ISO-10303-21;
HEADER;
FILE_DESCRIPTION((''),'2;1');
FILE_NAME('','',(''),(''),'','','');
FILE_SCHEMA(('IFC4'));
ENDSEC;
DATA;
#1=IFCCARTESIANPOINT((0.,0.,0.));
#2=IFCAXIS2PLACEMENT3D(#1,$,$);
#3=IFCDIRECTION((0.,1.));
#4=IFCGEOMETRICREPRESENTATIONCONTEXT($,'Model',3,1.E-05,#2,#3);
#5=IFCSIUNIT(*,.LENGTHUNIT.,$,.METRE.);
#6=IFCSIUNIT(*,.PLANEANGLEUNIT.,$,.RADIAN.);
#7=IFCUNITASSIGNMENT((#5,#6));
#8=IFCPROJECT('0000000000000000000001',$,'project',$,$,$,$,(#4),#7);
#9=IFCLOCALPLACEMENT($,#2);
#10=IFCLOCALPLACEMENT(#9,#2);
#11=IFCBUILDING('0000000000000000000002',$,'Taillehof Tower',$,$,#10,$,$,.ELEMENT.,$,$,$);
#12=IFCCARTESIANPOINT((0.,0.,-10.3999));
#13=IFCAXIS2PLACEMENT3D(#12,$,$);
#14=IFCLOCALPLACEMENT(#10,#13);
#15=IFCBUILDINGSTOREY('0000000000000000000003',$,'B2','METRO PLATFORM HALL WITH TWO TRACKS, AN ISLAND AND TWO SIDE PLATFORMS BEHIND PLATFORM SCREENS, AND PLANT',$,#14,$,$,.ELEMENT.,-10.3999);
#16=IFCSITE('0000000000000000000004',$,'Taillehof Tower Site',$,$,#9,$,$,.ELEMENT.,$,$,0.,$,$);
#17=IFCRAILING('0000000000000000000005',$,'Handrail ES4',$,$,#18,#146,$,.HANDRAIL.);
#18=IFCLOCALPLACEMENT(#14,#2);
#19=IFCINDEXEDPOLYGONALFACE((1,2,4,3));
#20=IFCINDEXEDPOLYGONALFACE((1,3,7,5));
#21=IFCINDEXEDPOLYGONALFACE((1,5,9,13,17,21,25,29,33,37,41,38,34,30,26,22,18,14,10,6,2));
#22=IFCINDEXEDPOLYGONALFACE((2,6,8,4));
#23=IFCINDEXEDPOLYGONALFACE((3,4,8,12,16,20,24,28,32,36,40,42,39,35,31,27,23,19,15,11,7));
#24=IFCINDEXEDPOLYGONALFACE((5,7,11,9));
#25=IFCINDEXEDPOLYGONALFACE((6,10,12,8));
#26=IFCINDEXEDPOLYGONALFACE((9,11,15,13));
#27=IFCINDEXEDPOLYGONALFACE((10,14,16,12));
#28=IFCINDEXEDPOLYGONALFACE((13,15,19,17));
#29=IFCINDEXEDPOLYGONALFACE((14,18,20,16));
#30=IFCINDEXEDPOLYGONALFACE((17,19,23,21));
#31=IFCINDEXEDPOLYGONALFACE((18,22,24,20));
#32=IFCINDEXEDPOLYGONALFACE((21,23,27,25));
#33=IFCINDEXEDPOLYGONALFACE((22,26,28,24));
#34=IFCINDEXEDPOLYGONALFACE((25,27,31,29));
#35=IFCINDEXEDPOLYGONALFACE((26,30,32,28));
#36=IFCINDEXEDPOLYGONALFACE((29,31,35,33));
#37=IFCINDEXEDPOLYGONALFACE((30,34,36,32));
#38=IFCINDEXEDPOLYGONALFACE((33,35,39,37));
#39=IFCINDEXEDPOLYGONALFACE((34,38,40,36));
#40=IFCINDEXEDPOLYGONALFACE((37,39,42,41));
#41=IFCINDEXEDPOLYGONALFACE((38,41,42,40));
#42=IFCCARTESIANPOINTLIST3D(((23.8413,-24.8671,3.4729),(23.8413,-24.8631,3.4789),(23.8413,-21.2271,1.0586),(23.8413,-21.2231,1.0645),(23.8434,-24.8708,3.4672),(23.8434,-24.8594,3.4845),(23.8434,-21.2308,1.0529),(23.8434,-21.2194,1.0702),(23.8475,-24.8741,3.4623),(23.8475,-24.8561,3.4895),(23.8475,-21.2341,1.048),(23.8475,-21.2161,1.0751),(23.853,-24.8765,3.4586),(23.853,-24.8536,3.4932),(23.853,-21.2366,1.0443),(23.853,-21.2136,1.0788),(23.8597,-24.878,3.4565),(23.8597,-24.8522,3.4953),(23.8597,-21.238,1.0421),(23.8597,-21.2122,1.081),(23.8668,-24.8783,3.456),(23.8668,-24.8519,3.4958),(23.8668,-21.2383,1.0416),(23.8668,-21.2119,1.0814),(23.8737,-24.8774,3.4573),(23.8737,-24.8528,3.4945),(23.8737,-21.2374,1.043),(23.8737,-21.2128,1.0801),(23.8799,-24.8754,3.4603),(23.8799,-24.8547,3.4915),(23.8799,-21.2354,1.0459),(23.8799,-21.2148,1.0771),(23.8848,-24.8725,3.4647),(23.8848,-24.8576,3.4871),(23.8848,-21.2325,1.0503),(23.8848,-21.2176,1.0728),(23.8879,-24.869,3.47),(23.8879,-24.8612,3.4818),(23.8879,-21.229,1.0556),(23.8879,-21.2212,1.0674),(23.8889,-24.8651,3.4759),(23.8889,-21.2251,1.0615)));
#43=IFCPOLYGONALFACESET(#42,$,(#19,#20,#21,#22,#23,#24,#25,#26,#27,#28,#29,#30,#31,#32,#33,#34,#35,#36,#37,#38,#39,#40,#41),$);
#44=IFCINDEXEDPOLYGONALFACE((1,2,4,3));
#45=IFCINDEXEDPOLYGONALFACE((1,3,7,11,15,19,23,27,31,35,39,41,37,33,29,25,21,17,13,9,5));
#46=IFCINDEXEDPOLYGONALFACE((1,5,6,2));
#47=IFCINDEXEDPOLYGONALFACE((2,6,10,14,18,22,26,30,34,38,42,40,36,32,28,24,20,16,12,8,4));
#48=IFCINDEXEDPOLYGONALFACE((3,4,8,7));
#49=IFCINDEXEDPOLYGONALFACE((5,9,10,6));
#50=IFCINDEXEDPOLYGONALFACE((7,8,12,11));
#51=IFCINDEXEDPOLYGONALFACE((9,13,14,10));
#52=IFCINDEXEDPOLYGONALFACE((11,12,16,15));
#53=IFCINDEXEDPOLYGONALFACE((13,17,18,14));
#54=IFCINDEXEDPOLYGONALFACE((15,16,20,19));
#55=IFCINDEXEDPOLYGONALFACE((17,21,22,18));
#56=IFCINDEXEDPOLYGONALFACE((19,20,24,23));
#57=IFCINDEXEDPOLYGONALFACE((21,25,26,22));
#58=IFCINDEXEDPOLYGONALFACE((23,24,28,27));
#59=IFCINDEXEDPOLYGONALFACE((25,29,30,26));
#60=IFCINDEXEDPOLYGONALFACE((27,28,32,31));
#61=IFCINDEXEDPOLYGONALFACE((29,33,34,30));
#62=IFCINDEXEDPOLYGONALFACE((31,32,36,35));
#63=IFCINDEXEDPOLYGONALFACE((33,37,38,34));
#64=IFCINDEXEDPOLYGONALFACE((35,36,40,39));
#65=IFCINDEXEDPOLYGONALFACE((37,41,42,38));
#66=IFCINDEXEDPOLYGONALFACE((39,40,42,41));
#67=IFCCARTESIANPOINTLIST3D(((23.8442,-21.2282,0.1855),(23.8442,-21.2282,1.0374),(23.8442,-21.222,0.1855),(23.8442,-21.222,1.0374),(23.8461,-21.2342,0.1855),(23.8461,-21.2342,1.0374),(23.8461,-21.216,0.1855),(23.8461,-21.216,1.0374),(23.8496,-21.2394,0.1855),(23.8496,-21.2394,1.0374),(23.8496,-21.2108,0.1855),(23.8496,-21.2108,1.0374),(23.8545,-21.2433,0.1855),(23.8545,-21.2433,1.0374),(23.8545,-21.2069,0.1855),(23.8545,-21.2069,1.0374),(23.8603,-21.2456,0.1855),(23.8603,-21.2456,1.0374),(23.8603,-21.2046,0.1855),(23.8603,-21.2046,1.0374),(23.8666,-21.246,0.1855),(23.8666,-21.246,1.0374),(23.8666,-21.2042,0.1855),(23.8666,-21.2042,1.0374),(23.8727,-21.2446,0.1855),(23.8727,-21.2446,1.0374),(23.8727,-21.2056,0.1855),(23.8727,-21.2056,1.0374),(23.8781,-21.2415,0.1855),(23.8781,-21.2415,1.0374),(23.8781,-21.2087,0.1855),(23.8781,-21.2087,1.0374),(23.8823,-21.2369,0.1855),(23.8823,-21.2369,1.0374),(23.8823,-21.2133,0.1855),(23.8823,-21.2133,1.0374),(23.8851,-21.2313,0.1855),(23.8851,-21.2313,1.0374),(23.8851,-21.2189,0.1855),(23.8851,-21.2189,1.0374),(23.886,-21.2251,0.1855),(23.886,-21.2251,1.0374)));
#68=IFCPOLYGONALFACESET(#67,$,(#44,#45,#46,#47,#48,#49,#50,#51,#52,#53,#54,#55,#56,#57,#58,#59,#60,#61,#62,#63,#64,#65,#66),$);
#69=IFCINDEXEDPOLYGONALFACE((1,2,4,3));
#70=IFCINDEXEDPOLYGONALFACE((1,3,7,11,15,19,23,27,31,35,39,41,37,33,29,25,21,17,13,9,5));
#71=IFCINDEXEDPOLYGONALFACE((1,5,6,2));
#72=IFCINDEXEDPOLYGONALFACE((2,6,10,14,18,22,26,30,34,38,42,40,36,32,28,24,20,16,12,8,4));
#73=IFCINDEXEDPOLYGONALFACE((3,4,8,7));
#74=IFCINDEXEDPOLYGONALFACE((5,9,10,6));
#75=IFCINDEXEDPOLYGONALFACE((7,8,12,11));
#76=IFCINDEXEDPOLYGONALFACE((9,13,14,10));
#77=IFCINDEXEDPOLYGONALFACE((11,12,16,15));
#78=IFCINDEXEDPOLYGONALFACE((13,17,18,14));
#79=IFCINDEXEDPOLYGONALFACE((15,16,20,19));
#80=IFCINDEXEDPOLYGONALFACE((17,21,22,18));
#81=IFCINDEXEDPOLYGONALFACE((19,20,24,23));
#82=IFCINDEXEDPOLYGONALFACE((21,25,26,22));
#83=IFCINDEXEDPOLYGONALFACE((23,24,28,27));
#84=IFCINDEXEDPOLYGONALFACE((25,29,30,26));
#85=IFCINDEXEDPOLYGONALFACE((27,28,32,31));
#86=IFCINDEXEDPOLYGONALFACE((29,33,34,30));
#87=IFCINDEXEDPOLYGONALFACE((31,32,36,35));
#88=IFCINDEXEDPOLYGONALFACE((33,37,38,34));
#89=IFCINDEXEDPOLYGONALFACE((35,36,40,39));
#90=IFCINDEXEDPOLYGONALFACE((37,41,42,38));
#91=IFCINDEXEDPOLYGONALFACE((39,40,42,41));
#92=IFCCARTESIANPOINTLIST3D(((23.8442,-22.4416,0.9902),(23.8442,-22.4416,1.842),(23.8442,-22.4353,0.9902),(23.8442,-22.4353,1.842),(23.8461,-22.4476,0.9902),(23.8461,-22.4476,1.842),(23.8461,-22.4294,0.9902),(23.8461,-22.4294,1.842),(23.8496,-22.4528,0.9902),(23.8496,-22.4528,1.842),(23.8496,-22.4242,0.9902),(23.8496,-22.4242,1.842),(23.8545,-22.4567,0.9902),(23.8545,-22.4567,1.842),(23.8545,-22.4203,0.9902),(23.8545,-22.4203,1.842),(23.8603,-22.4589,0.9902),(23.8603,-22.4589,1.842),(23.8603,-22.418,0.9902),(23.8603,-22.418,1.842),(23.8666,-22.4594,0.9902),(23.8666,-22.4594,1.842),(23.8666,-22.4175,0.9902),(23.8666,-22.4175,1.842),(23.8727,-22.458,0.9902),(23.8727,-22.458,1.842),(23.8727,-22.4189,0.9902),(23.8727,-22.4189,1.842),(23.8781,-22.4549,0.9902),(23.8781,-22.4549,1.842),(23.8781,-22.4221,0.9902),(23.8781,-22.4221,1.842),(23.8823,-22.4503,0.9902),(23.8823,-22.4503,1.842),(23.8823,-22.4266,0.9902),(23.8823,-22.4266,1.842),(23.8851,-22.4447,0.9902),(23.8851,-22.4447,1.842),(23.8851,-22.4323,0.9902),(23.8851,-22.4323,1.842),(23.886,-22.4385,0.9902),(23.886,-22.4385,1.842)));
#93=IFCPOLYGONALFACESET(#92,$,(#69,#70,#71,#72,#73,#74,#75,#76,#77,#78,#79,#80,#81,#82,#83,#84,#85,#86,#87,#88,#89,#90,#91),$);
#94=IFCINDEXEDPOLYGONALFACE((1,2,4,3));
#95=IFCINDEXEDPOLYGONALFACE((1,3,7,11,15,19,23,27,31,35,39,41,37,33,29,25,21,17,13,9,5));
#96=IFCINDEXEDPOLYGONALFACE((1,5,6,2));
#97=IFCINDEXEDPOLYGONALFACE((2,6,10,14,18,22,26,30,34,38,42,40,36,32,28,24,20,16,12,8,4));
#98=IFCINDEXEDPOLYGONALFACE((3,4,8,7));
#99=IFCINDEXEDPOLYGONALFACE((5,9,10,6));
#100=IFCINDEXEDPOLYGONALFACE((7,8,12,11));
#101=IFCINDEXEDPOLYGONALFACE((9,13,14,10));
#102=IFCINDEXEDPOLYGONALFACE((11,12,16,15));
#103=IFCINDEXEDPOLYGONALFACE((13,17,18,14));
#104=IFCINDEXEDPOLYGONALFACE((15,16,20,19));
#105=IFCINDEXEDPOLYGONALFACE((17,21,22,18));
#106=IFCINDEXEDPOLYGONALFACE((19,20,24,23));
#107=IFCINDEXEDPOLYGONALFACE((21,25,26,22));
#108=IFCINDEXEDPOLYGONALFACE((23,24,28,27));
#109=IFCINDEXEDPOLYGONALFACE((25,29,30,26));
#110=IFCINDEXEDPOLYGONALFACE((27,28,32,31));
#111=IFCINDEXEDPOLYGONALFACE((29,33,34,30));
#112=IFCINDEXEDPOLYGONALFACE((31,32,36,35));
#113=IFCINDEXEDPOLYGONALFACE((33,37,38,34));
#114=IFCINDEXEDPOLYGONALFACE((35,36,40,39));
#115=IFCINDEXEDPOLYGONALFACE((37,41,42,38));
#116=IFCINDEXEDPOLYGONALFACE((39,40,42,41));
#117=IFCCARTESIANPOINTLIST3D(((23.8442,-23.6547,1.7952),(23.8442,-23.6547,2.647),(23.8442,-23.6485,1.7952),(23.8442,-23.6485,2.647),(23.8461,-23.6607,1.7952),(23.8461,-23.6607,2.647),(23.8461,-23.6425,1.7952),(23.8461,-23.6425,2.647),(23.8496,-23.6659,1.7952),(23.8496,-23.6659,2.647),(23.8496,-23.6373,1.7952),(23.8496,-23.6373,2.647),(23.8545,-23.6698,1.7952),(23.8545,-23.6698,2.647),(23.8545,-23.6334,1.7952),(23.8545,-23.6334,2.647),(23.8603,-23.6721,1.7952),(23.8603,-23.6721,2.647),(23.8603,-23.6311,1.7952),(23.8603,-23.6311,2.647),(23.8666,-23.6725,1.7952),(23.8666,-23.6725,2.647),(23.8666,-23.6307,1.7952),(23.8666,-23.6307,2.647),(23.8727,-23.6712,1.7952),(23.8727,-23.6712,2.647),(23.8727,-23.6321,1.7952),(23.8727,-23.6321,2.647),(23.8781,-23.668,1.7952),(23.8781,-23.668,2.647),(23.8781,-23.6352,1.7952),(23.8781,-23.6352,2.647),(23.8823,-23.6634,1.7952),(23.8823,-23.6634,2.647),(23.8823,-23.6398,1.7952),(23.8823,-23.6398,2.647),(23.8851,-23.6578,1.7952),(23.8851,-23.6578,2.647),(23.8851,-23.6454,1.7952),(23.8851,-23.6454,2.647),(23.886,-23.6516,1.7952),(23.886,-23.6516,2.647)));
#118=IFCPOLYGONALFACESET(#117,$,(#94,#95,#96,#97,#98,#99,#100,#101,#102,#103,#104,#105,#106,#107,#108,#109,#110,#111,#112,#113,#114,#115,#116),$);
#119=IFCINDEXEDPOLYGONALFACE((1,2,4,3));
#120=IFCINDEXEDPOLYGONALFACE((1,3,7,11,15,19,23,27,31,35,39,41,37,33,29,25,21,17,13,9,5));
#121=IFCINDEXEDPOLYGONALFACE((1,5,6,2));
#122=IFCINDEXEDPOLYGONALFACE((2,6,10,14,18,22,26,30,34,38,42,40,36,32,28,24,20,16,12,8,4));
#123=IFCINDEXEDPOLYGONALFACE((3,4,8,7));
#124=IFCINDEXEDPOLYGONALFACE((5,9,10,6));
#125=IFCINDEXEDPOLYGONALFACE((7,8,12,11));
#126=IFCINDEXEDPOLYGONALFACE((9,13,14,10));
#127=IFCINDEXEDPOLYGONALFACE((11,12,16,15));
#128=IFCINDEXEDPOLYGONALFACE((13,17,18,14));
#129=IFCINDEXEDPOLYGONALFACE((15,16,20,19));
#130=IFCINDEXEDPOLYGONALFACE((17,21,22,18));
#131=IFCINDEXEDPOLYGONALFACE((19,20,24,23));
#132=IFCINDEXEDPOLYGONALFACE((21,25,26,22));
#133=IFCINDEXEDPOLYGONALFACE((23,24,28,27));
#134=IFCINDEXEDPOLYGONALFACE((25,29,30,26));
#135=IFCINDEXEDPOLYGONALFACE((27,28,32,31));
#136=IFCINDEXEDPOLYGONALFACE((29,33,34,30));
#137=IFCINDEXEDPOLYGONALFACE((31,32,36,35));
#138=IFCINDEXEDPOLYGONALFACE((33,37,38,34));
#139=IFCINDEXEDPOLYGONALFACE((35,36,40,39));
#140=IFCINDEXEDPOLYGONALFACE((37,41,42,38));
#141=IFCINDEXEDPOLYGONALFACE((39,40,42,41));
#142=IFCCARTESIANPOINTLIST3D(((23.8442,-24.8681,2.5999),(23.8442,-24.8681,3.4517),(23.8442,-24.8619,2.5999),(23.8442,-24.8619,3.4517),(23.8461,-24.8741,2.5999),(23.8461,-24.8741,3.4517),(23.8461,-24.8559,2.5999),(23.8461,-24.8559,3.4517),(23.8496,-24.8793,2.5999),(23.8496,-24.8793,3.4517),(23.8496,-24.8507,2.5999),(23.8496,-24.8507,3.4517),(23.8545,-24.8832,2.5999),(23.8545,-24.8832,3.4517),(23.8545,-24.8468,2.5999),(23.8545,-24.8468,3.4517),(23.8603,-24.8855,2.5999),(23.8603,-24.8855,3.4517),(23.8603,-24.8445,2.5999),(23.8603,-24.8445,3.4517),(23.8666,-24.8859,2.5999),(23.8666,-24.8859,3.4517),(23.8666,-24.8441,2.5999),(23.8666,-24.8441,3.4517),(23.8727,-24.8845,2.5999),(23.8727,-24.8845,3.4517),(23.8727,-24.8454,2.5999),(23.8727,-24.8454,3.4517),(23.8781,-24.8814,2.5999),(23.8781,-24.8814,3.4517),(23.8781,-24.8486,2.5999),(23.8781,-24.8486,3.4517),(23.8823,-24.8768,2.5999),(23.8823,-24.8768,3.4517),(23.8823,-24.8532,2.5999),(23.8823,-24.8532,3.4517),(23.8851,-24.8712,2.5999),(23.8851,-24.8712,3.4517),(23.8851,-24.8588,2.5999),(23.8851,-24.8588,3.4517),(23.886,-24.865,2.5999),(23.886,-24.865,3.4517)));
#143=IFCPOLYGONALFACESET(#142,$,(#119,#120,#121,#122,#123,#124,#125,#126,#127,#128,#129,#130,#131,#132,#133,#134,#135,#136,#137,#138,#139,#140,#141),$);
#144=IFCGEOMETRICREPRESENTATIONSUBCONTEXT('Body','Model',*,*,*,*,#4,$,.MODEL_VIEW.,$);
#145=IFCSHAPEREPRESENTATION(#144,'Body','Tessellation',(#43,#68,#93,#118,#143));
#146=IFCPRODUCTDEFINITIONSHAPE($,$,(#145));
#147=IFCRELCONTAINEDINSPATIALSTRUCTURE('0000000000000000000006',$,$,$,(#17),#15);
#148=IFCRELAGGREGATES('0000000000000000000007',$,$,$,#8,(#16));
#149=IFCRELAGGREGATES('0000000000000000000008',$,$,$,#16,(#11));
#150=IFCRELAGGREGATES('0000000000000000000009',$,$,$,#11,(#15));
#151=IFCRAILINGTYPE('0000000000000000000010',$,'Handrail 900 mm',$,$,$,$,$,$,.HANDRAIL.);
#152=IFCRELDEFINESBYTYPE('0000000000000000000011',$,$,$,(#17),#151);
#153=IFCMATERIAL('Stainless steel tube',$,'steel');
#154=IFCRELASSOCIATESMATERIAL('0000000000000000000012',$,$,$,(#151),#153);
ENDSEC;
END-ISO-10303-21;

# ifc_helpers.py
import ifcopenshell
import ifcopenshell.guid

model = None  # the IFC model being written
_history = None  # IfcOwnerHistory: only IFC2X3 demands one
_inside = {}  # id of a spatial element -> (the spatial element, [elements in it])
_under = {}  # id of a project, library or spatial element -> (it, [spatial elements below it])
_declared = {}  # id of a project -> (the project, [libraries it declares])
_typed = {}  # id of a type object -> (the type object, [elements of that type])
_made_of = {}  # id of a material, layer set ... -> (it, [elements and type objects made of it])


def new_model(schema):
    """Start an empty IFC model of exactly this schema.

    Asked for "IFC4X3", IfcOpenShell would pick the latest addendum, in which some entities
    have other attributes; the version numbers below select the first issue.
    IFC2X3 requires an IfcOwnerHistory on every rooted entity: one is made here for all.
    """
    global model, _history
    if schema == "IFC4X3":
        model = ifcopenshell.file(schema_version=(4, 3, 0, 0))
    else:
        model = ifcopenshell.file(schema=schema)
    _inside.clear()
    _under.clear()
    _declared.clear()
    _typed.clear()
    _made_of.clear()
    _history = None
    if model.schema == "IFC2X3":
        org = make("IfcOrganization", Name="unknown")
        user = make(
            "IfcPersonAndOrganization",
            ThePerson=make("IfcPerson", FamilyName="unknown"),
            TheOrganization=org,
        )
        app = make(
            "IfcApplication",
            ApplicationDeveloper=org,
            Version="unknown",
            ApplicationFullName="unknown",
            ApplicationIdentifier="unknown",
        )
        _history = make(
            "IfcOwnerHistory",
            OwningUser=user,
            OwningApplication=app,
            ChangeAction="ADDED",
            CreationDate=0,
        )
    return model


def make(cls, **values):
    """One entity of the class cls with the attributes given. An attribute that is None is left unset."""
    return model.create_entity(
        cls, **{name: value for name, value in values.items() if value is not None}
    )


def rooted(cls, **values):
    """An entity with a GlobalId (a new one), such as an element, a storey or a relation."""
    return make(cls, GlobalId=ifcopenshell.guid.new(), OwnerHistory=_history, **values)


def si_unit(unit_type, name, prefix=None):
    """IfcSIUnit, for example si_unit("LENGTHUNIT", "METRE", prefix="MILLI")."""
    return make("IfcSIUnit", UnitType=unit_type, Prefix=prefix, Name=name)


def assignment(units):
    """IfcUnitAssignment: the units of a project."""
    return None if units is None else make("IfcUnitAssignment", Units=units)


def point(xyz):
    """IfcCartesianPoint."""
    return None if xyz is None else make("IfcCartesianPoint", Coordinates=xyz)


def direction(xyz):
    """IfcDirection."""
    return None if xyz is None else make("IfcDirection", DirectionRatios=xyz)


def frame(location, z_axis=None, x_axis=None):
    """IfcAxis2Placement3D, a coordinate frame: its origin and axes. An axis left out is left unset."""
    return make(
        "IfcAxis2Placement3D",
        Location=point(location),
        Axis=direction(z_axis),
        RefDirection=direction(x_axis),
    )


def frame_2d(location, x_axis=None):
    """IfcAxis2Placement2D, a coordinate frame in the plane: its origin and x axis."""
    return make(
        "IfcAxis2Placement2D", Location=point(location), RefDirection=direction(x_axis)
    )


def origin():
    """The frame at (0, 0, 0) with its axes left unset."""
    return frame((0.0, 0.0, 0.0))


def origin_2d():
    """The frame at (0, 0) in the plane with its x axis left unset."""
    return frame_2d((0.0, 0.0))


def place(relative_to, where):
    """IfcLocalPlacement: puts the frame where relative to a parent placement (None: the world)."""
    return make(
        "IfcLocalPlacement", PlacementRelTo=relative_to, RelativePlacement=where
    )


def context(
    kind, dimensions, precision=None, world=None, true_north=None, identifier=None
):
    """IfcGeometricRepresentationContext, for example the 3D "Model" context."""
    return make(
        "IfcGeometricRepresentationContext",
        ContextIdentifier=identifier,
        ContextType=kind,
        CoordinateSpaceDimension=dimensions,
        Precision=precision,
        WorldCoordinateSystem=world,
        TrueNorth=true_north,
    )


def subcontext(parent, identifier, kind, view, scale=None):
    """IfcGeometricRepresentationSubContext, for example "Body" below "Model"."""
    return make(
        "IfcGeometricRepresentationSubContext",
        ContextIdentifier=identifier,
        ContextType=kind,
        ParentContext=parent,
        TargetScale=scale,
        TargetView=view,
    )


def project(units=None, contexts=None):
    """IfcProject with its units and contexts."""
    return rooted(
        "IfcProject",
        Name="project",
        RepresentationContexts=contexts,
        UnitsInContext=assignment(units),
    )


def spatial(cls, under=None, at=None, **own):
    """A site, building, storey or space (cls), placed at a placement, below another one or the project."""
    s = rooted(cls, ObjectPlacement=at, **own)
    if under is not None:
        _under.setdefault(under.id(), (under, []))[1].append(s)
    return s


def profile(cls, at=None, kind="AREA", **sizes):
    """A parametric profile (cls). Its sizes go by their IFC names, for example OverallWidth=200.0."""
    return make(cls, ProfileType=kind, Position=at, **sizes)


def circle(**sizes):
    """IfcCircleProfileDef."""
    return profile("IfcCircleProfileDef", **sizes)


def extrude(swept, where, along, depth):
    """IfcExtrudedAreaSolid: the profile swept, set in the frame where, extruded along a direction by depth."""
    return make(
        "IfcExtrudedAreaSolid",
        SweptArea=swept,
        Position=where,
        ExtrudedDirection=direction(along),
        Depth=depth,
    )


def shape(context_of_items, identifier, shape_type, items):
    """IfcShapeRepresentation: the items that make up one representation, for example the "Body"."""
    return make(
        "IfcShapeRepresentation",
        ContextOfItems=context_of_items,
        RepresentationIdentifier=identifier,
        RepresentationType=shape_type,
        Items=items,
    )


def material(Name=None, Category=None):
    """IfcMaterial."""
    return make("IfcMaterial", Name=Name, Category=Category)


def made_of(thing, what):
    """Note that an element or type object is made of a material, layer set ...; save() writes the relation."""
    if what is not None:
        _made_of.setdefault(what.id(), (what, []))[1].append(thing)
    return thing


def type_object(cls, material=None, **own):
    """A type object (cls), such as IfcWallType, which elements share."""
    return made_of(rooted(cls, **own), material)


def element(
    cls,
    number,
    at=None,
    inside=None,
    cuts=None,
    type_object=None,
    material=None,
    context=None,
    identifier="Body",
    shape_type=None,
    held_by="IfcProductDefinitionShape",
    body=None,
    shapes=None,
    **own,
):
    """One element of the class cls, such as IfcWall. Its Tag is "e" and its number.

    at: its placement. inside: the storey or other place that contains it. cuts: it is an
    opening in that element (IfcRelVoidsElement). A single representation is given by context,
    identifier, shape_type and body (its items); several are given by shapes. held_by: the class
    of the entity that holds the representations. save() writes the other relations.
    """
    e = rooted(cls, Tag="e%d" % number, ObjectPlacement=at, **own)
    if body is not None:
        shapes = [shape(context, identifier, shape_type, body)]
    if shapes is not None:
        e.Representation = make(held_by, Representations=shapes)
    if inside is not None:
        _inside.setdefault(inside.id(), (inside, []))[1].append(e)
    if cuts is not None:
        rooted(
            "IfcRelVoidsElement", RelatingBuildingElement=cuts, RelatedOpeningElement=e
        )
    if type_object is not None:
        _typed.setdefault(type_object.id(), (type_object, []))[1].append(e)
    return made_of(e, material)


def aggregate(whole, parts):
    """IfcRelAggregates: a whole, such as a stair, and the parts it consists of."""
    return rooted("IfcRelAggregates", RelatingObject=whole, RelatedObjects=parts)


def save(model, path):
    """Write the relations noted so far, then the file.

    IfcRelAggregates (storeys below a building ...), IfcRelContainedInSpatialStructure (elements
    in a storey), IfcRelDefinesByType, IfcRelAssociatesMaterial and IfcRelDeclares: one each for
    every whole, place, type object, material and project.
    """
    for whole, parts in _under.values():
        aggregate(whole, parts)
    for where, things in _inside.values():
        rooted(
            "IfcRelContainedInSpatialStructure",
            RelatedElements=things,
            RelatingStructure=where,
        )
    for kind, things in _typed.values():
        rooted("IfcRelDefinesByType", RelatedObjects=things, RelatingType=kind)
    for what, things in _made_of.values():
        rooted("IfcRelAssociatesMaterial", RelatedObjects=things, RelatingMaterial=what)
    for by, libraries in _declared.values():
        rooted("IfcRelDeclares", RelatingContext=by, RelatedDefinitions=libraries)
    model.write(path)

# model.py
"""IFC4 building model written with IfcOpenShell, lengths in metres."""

from ifc_helpers import new_model, si_unit, direction, frame, origin, origin_2d, place, context, subcontext, project, spatial, circle, extrude, material, type_object, element, save


model = new_model("IFC4")

# Units and contexts
model_context = context("Model", 3, precision=1e-05, world=origin(), true_north=direction((0.0, 1.0)))
body_context = subcontext(model_context, "Body", "Model", "MODEL_VIEW")
ifc_project = project(units=[si_unit("LENGTHUNIT", "METRE"), si_unit("PLANEANGLEUNIT", "RADIAN")], contexts=[model_context])

# Site, building, storey
site_placement = place(None, origin())
site = spatial("IfcSite", under=ifc_project, at=site_placement, Name="Taillehof Tower Site", CompositionType="ELEMENT", RefElevation=0.0)
building_placement = place(site_placement, origin())
building = spatial("IfcBuilding", under=site, at=building_placement, Name="Taillehof Tower", CompositionType="ELEMENT")
storey_placement = place(building_placement, frame((0.0, 0.0, -10.3999)))
storey = spatial("IfcBuildingStorey", under=building, at=storey_placement, Name="B2", Description="METRO PLATFORM HALL WITH TWO TRACKS, AN ISLAND AND TWO SIDE PLATFORMS BEHIND PLATFORM SCREENS, AND PLANT", CompositionType="ELEMENT", Elevation=-10.3999)

# Railing
ifc_material_1 = material(Name="Stainless steel tube", Category="steel")
railing_type = type_object("IfcRailingType", Name="Handrail 900 mm", PredefinedType="HANDRAIL", material=ifc_material_1)
for number, where, name in (
    (1, (23.865, -21.2251, 0.1855), "Handrail ES4"),
):
    element("IfcRailing", number, at=place(storey_placement, frame(where)), inside=storey, type_object=railing_type, Name=name, PredefinedType="HANDRAIL", context=body_context, shape_type="SweptSolid", body=[
        extrude(circle(Radius=0.0239, at=origin_2d()), frame((0.0, 0.0, 0.876), z_axis=(0.0, -0.833347, 0.552751), x_axis=(1.0, 0.0, 0.0)), (0.0, 0.0, 1.0), 4.3679),
        extrude(circle(Radius=0.021, at=origin_2d()), origin(), (0.0, 0.0, 1.0), 0.8518),
        extrude(circle(Radius=0.021, at=origin_2d()), frame((0.0, -1.2134, 0.8047)), (0.0, 0.0, 1.0), 0.8518),
        extrude(circle(Radius=0.021, at=origin_2d()), frame((0.0, -2.4265, 1.6096)), (0.0, 0.0, 1.0), 0.8518),
        extrude(circle(Radius=0.021, at=origin_2d()), frame((0.0, -3.6399, 2.4143)), (0.0, 0.0, 1.0), 0.8518),
    ])

save(model, "model.ifc")
